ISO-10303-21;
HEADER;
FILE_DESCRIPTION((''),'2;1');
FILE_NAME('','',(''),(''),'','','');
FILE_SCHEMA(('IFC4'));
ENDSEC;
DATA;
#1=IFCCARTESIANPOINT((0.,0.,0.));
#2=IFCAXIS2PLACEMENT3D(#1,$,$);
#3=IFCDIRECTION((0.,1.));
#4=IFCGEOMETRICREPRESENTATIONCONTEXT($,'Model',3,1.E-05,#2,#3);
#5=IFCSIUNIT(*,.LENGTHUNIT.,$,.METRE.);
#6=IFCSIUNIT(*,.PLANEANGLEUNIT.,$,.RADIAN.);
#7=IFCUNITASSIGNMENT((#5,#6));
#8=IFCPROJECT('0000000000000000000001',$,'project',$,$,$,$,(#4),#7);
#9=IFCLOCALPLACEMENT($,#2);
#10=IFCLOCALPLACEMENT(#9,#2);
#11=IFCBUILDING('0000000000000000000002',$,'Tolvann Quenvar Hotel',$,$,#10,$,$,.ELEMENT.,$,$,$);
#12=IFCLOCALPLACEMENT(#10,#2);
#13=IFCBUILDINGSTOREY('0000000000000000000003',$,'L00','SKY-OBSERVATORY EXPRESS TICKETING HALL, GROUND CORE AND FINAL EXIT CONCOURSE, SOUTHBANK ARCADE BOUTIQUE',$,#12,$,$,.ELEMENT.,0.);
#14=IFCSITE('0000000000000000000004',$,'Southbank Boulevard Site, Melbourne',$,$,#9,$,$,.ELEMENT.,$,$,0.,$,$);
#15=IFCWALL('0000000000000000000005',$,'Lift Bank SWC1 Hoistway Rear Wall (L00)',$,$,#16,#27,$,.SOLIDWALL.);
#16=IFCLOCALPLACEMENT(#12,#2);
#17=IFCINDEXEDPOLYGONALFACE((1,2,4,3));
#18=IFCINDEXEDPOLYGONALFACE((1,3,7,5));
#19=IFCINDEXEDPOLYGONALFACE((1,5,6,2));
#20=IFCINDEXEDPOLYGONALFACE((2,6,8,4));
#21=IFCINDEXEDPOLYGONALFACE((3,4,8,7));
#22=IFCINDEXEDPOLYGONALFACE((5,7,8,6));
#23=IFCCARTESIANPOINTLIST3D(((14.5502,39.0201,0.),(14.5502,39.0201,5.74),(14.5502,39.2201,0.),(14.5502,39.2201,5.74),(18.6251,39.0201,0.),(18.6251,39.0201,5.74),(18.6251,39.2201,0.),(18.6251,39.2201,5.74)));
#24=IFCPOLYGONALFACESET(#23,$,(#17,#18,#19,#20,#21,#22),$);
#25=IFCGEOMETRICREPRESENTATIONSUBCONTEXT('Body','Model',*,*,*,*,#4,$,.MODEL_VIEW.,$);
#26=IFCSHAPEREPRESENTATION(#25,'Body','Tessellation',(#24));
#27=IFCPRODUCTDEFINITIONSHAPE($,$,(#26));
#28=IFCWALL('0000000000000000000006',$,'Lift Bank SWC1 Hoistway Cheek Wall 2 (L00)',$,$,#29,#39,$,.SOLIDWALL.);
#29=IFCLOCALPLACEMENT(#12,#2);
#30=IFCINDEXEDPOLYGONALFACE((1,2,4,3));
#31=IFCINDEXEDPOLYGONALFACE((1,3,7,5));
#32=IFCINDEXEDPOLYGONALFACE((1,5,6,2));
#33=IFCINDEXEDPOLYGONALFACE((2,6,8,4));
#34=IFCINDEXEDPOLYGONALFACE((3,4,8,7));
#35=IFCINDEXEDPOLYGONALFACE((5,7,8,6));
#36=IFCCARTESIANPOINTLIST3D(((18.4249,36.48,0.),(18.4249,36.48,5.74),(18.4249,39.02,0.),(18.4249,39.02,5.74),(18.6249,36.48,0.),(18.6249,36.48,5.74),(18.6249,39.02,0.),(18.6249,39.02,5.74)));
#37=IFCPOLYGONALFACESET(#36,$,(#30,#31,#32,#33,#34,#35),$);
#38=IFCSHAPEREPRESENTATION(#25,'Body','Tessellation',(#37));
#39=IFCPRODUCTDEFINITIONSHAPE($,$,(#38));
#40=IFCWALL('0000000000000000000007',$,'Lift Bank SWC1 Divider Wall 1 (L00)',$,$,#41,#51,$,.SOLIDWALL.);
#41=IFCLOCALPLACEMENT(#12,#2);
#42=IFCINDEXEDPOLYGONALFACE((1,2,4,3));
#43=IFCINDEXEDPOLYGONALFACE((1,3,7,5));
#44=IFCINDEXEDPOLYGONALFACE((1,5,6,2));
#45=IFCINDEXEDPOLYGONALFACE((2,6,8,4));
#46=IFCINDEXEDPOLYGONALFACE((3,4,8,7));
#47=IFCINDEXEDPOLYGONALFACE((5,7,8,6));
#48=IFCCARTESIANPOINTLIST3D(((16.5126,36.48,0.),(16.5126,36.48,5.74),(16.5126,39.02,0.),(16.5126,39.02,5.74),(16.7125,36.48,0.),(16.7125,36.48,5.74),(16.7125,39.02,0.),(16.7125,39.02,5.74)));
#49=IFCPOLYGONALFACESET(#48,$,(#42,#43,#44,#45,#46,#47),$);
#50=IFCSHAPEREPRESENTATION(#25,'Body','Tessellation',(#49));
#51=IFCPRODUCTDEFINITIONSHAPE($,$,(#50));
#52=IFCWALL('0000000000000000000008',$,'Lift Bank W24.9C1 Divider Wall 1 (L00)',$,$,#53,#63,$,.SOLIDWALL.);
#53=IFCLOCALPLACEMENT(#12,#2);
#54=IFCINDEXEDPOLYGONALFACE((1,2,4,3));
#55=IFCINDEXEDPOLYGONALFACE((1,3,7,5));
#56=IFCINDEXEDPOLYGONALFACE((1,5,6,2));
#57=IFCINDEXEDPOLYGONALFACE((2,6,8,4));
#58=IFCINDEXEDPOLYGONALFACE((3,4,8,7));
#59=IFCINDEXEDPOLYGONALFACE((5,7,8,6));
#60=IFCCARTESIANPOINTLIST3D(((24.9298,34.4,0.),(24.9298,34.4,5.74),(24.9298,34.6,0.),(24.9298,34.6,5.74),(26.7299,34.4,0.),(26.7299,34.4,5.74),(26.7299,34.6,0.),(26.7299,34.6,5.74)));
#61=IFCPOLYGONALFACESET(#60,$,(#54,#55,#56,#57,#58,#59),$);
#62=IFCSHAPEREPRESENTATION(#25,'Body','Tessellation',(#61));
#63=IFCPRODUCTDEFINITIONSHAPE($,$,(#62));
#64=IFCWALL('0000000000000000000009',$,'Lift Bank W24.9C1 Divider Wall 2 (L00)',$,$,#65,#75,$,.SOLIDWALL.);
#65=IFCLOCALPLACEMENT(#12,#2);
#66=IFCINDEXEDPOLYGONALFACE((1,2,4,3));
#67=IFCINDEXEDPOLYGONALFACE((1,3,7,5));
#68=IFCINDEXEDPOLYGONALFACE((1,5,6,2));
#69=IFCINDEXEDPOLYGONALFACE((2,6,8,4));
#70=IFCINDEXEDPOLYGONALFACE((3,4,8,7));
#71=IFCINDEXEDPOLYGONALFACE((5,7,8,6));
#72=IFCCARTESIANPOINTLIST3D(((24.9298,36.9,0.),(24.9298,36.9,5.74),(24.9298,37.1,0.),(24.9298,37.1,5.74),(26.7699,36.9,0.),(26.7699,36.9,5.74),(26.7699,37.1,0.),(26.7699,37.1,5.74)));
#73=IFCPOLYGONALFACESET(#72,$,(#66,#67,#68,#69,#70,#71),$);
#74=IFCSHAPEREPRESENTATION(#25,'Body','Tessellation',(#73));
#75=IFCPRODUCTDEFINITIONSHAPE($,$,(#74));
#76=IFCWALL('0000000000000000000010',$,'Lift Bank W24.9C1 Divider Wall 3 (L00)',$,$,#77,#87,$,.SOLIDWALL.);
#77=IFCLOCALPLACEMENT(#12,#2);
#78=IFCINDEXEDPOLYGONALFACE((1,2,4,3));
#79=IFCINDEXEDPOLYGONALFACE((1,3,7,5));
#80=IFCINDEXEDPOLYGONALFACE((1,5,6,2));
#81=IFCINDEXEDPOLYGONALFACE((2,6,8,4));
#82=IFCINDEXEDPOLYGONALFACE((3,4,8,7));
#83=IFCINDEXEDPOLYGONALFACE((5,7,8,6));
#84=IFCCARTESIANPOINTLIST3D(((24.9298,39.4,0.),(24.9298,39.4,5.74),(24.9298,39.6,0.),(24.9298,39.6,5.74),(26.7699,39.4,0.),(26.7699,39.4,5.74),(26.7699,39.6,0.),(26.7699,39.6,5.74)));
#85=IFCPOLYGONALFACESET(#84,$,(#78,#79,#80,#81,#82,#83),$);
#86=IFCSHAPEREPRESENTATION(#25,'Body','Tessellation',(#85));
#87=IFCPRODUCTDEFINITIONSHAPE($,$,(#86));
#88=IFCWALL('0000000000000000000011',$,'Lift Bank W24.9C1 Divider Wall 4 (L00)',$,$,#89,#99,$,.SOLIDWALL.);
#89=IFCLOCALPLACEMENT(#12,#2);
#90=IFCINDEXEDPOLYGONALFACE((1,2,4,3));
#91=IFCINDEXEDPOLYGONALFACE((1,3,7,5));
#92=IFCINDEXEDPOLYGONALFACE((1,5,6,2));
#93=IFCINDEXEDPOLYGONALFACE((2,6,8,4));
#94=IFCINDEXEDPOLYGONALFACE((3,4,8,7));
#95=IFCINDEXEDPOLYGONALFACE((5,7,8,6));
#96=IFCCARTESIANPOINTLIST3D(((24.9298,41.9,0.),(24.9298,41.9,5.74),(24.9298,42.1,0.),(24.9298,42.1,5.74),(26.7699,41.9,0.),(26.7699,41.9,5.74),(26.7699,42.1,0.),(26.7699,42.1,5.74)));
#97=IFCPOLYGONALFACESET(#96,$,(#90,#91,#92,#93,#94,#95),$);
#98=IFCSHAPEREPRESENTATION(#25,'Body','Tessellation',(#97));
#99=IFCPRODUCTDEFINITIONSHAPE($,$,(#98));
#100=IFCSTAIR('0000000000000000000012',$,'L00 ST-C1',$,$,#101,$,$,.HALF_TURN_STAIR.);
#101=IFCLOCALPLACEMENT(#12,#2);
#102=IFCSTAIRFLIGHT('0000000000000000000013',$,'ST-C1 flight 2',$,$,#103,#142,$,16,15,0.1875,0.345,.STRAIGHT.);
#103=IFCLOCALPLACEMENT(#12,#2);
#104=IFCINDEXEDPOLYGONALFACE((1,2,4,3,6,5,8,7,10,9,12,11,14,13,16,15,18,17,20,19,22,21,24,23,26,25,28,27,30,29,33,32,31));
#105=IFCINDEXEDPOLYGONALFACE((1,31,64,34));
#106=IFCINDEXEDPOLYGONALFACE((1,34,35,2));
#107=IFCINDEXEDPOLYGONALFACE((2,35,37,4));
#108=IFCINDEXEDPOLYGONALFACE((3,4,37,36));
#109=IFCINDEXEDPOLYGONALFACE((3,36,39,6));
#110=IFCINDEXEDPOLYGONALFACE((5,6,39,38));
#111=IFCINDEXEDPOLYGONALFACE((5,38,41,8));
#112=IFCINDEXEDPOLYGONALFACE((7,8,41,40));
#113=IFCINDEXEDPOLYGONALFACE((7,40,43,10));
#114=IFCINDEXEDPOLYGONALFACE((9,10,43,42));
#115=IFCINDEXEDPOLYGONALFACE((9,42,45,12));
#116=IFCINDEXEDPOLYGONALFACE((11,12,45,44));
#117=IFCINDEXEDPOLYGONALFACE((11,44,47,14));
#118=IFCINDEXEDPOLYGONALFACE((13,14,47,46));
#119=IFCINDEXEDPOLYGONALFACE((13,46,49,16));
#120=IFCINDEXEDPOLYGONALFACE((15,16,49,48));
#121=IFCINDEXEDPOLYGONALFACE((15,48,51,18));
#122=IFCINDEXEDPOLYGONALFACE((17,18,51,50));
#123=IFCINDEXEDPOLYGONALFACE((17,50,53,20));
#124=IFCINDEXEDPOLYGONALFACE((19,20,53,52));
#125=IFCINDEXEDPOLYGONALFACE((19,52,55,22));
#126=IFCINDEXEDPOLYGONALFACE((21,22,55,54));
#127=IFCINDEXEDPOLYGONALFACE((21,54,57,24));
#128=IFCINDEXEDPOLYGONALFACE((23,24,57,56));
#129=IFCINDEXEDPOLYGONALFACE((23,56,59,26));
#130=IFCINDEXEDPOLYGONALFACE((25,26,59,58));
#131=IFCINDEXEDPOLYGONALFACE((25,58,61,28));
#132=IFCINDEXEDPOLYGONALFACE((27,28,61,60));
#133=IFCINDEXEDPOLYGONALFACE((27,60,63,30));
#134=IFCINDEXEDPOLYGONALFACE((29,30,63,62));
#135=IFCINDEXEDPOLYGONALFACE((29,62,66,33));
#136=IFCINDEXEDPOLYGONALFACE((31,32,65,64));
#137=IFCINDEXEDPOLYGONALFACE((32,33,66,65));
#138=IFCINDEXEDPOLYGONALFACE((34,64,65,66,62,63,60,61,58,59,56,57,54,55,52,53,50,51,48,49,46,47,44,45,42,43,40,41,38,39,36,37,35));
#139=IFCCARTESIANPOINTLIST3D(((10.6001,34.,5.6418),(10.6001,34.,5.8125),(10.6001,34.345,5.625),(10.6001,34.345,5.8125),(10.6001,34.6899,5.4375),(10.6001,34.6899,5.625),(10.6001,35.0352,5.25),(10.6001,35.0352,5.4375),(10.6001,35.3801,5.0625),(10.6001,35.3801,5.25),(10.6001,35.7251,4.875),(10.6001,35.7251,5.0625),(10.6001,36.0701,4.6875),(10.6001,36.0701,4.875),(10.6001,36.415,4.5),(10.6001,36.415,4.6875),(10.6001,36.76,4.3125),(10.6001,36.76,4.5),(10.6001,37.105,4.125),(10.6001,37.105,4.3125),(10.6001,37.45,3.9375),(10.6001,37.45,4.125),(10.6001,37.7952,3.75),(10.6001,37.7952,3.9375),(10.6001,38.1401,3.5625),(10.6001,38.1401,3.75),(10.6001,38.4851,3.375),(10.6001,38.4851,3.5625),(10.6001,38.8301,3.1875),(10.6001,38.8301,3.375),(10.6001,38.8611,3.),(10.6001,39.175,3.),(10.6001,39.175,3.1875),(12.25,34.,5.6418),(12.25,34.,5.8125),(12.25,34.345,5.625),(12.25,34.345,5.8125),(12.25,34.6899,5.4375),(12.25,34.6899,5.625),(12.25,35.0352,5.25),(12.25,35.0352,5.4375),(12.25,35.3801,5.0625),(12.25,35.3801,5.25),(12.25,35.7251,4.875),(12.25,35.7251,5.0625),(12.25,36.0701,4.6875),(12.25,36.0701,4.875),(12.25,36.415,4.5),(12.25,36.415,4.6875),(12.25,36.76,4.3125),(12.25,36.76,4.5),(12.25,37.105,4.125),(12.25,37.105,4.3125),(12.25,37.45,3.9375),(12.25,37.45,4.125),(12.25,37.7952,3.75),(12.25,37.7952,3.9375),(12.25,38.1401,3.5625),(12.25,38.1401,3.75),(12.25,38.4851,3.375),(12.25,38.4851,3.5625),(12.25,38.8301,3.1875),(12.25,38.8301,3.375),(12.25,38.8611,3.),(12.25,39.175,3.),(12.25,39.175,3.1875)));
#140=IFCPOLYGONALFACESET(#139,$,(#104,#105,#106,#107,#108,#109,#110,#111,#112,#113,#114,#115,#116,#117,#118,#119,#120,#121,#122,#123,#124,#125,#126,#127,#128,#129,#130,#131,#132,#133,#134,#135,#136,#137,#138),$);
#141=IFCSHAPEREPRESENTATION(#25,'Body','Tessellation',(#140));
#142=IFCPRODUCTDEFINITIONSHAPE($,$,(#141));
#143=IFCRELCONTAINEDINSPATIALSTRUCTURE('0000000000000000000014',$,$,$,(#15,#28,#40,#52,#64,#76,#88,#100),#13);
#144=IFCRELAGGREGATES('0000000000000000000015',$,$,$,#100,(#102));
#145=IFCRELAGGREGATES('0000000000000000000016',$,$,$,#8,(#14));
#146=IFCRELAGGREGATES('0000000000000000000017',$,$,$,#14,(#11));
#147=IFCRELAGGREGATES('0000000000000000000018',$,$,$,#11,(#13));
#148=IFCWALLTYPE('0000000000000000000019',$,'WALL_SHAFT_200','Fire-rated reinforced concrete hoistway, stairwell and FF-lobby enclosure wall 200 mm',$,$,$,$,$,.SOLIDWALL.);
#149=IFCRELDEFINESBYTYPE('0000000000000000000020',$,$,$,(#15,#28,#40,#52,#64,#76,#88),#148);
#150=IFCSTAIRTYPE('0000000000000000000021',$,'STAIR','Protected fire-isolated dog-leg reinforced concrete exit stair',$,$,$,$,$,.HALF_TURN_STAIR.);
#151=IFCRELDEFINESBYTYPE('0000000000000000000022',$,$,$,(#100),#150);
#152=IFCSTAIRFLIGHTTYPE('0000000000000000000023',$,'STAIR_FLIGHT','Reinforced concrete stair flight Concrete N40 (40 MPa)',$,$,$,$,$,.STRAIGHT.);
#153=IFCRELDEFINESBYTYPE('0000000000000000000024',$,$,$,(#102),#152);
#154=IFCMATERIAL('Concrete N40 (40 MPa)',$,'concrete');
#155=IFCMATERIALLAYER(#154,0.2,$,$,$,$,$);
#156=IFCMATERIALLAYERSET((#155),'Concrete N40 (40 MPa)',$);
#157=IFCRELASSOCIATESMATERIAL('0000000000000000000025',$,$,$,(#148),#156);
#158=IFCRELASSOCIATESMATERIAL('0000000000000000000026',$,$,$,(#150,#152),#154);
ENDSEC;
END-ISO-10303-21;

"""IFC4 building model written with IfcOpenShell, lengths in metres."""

from ifc_helpers import new_model, si_unit, direction, frame, frame_2d, origin, place, context, subcontext, project, spatial, polyline, rectangle, outline, extrude, material, layer, layer_set, type_object, element, aggregate, save


model = new_model("IFC4")

# Units and contexts
model_context = context("Model", 3, precision=1e-05, world=origin(), true_north=direction((0.0, 1.0)))
body_context = subcontext(model_context, "Body", "Model", "MODEL_VIEW")
ifc_project = project(units=[si_unit("LENGTHUNIT", "METRE"), si_unit("PLANEANGLEUNIT", "RADIAN")], contexts=[model_context])

# Site, building, storey
site_placement = place(None, origin())
site = spatial("IfcSite", under=ifc_project, at=site_placement, Name="Southbank Boulevard Site, Melbourne", CompositionType="ELEMENT", RefElevation=0.0)
building_placement = place(site_placement, origin())
building = spatial("IfcBuilding", under=site, at=building_placement, Name="Tolvann Quenvar Hotel", CompositionType="ELEMENT")
storey_placement = place(building_placement, origin())
storey = spatial("IfcBuildingStorey", under=building, at=storey_placement, Name="L00", Description="SKY-OBSERVATORY EXPRESS TICKETING HALL, GROUND CORE AND FINAL EXIT CONCOURSE, SOUTHBANK ARCADE BOUTIQUE", CompositionType="ELEMENT", Elevation=0.0)

# Shared definitions
ifc_material_1 = material(Name="Concrete N40 (40 MPa)", Category="concrete")
ifc_layer_1 = layer(ifc_material_1, 0.2)
ifc_layer_set_1 = layer_set([ifc_layer_1], Name="Concrete N40 (40 MPa)")
wall_type_1 = type_object("IfcWallType", Name="WALL_SHAFT_200", Description="Fire-rated reinforced concrete hoistway, stairwell and FF-lobby enclosure wall 200 mm", PredefinedType="SOLIDWALL", material=ifc_layer_set_1)

# Walls
wall_1_placement = place(storey_placement, frame((14.55, 39.1201, 0.0), z_axis=(0.0, 0.0, 1.0), x_axis=(1.0, 0.0, 0.0)))
element("IfcWall", 1, at=wall_1_placement, inside=storey, type_object=wall_type_1, Name="Lift Bank SWC1 Hoistway Rear Wall (L00)", PredefinedType="SOLIDWALL", context=body_context, shape_type="SweptSolid", body=[
    extrude(rectangle(XDim=4.075, YDim=0.2, at=frame_2d((2.0376, 0.0))), origin(), (0.0, 0.0, 1.0), 5.74),
])
for number, where, z_axis, x_axis, name in (
    (2, (18.5249, 36.48, 0.0), (0.0, 0.0, 1.0), (0.0, 1.0, 0.0), "Lift Bank SWC1 Hoistway Cheek Wall 2 (L00)"),
    (3, (16.6125, 36.48, 0.0), (0.0, 0.0, 1.0), (0.0, 1.0, 0.0), "Lift Bank SWC1 Divider Wall 1 (L00)"),
):
    element("IfcWall", number, at=place(storey_placement, frame(where, z_axis=z_axis, x_axis=x_axis)), inside=storey, type_object=wall_type_1, Name=name, PredefinedType="SOLIDWALL", context=body_context, shape_type="SweptSolid", body=[
        extrude(rectangle(XDim=2.54, YDim=0.2, at=frame_2d((1.27, 0.0))), origin(), (0.0, 0.0, 1.0), 5.74),
    ])
wall_2_placement = place(storey_placement, frame((24.9299, 34.5, 0.0), z_axis=(0.0, 0.0, 1.0), x_axis=(1.0, 0.0, 0.0)))
element("IfcWall", 4, at=wall_2_placement, inside=storey, type_object=wall_type_1, Name="Lift Bank W24.9C1 Divider Wall 1 (L00)", PredefinedType="SOLIDWALL", context=body_context, shape_type="SweptSolid", body=[
    extrude(rectangle(XDim=1.8, YDim=0.2, at=frame_2d((0.8999, 0.0))), origin(), (0.0, 0.0, 1.0), 5.74),
])
for number, where, z_axis, x_axis, name in (
    (5, (24.9299, 37.0, 0.0), (0.0, 0.0, 1.0), (1.0, 0.0, 0.0), "Lift Bank W24.9C1 Divider Wall 2 (L00)"),
    (6, (24.9299, 39.5, 0.0), (0.0, 0.0, 1.0), (1.0, 0.0, 0.0), "Lift Bank W24.9C1 Divider Wall 3 (L00)"),
    (7, (24.9299, 42.0, 0.0), (0.0, 0.0, 1.0), (1.0, 0.0, 0.0), "Lift Bank W24.9C1 Divider Wall 4 (L00)"),
):
    element("IfcWall", number, at=place(storey_placement, frame(where, z_axis=z_axis, x_axis=x_axis)), inside=storey, type_object=wall_type_1, Name=name, PredefinedType="SOLIDWALL", context=body_context, shape_type="SweptSolid", body=[
        extrude(rectangle(XDim=1.8401, YDim=0.2, at=frame_2d((0.9199, 0.0))), origin(), (0.0, 0.0, 1.0), 5.74),
    ])

# Stair, stair flight
stair_type = type_object("IfcStairType", Name="STAIR", Description="Protected fire-isolated dog-leg reinforced concrete exit stair", PredefinedType="HALF_TURN_STAIR", material=ifc_material_1)
stair_placement = place(storey_placement, origin())
stair = element("IfcStair", 8, at=stair_placement, inside=storey, type_object=stair_type, Name="L00 ST-C1", PredefinedType="HALF_TURN_STAIR")
stair_flight_type = type_object("IfcStairFlightType", Name="STAIR_FLIGHT", Description="Reinforced concrete stair flight Concrete N40 (40 MPa)", PredefinedType="STRAIGHT", material=ifc_material_1)
stair_flight_placement = place(storey_placement, frame((11.425, 39.175, 3.0), z_axis=(0.0, 0.0, 1.0), x_axis=(0.0, -1.0, 0.0)))
stair_flight = element("IfcStairFlight", 9, at=stair_flight_placement, type_object=stair_flight_type, Name="ST-C1 flight 2", NumberOfRisers=16, NumberOfTreads=15, PredefinedType="STRAIGHT", RiserHeight=0.1875, TreadLength=0.345, context=body_context, shape_type="SweptSolid", body=[
    extrude(outline(polyline([(0.0, 0.0), (0.0, 0.1875), (0.345, 0.1875), (0.345, 0.375), (0.6899, 0.375), (0.6899, 0.5625), (1.0349, 0.5625), (1.0349, 0.75), (1.3799, 0.75), (1.3799, 0.9375), (1.7251, 0.9375), (1.7251, 1.125), (2.0701, 1.125), (2.0701, 1.3125), (2.415, 1.3125), (2.415, 1.5), (2.76, 1.5), (2.76, 1.6875), (3.105, 1.6875), (3.105, 1.875), (3.45, 1.875), (3.45, 2.0625), (3.7949, 2.0625), (3.7949, 2.25), (4.1399, 2.25), (4.1399, 2.4375), (4.4851, 2.4375), (4.4851, 2.625), (4.8301, 2.625), (4.8301, 2.8125), (5.175, 2.8125), (5.175, 3.0), (5.175, 2.6418), (0.314, 0.0), (0.0, 0.0)])), frame((0.0, 0.825, 0.0), z_axis=(0.0, -1.0, 0.0), x_axis=(1.0, 0.0, 0.0)), (0.0, 0.0, 1.0), 1.6499),
])
aggregate(stair, [stair_flight])

save(model, "model.ifc")
